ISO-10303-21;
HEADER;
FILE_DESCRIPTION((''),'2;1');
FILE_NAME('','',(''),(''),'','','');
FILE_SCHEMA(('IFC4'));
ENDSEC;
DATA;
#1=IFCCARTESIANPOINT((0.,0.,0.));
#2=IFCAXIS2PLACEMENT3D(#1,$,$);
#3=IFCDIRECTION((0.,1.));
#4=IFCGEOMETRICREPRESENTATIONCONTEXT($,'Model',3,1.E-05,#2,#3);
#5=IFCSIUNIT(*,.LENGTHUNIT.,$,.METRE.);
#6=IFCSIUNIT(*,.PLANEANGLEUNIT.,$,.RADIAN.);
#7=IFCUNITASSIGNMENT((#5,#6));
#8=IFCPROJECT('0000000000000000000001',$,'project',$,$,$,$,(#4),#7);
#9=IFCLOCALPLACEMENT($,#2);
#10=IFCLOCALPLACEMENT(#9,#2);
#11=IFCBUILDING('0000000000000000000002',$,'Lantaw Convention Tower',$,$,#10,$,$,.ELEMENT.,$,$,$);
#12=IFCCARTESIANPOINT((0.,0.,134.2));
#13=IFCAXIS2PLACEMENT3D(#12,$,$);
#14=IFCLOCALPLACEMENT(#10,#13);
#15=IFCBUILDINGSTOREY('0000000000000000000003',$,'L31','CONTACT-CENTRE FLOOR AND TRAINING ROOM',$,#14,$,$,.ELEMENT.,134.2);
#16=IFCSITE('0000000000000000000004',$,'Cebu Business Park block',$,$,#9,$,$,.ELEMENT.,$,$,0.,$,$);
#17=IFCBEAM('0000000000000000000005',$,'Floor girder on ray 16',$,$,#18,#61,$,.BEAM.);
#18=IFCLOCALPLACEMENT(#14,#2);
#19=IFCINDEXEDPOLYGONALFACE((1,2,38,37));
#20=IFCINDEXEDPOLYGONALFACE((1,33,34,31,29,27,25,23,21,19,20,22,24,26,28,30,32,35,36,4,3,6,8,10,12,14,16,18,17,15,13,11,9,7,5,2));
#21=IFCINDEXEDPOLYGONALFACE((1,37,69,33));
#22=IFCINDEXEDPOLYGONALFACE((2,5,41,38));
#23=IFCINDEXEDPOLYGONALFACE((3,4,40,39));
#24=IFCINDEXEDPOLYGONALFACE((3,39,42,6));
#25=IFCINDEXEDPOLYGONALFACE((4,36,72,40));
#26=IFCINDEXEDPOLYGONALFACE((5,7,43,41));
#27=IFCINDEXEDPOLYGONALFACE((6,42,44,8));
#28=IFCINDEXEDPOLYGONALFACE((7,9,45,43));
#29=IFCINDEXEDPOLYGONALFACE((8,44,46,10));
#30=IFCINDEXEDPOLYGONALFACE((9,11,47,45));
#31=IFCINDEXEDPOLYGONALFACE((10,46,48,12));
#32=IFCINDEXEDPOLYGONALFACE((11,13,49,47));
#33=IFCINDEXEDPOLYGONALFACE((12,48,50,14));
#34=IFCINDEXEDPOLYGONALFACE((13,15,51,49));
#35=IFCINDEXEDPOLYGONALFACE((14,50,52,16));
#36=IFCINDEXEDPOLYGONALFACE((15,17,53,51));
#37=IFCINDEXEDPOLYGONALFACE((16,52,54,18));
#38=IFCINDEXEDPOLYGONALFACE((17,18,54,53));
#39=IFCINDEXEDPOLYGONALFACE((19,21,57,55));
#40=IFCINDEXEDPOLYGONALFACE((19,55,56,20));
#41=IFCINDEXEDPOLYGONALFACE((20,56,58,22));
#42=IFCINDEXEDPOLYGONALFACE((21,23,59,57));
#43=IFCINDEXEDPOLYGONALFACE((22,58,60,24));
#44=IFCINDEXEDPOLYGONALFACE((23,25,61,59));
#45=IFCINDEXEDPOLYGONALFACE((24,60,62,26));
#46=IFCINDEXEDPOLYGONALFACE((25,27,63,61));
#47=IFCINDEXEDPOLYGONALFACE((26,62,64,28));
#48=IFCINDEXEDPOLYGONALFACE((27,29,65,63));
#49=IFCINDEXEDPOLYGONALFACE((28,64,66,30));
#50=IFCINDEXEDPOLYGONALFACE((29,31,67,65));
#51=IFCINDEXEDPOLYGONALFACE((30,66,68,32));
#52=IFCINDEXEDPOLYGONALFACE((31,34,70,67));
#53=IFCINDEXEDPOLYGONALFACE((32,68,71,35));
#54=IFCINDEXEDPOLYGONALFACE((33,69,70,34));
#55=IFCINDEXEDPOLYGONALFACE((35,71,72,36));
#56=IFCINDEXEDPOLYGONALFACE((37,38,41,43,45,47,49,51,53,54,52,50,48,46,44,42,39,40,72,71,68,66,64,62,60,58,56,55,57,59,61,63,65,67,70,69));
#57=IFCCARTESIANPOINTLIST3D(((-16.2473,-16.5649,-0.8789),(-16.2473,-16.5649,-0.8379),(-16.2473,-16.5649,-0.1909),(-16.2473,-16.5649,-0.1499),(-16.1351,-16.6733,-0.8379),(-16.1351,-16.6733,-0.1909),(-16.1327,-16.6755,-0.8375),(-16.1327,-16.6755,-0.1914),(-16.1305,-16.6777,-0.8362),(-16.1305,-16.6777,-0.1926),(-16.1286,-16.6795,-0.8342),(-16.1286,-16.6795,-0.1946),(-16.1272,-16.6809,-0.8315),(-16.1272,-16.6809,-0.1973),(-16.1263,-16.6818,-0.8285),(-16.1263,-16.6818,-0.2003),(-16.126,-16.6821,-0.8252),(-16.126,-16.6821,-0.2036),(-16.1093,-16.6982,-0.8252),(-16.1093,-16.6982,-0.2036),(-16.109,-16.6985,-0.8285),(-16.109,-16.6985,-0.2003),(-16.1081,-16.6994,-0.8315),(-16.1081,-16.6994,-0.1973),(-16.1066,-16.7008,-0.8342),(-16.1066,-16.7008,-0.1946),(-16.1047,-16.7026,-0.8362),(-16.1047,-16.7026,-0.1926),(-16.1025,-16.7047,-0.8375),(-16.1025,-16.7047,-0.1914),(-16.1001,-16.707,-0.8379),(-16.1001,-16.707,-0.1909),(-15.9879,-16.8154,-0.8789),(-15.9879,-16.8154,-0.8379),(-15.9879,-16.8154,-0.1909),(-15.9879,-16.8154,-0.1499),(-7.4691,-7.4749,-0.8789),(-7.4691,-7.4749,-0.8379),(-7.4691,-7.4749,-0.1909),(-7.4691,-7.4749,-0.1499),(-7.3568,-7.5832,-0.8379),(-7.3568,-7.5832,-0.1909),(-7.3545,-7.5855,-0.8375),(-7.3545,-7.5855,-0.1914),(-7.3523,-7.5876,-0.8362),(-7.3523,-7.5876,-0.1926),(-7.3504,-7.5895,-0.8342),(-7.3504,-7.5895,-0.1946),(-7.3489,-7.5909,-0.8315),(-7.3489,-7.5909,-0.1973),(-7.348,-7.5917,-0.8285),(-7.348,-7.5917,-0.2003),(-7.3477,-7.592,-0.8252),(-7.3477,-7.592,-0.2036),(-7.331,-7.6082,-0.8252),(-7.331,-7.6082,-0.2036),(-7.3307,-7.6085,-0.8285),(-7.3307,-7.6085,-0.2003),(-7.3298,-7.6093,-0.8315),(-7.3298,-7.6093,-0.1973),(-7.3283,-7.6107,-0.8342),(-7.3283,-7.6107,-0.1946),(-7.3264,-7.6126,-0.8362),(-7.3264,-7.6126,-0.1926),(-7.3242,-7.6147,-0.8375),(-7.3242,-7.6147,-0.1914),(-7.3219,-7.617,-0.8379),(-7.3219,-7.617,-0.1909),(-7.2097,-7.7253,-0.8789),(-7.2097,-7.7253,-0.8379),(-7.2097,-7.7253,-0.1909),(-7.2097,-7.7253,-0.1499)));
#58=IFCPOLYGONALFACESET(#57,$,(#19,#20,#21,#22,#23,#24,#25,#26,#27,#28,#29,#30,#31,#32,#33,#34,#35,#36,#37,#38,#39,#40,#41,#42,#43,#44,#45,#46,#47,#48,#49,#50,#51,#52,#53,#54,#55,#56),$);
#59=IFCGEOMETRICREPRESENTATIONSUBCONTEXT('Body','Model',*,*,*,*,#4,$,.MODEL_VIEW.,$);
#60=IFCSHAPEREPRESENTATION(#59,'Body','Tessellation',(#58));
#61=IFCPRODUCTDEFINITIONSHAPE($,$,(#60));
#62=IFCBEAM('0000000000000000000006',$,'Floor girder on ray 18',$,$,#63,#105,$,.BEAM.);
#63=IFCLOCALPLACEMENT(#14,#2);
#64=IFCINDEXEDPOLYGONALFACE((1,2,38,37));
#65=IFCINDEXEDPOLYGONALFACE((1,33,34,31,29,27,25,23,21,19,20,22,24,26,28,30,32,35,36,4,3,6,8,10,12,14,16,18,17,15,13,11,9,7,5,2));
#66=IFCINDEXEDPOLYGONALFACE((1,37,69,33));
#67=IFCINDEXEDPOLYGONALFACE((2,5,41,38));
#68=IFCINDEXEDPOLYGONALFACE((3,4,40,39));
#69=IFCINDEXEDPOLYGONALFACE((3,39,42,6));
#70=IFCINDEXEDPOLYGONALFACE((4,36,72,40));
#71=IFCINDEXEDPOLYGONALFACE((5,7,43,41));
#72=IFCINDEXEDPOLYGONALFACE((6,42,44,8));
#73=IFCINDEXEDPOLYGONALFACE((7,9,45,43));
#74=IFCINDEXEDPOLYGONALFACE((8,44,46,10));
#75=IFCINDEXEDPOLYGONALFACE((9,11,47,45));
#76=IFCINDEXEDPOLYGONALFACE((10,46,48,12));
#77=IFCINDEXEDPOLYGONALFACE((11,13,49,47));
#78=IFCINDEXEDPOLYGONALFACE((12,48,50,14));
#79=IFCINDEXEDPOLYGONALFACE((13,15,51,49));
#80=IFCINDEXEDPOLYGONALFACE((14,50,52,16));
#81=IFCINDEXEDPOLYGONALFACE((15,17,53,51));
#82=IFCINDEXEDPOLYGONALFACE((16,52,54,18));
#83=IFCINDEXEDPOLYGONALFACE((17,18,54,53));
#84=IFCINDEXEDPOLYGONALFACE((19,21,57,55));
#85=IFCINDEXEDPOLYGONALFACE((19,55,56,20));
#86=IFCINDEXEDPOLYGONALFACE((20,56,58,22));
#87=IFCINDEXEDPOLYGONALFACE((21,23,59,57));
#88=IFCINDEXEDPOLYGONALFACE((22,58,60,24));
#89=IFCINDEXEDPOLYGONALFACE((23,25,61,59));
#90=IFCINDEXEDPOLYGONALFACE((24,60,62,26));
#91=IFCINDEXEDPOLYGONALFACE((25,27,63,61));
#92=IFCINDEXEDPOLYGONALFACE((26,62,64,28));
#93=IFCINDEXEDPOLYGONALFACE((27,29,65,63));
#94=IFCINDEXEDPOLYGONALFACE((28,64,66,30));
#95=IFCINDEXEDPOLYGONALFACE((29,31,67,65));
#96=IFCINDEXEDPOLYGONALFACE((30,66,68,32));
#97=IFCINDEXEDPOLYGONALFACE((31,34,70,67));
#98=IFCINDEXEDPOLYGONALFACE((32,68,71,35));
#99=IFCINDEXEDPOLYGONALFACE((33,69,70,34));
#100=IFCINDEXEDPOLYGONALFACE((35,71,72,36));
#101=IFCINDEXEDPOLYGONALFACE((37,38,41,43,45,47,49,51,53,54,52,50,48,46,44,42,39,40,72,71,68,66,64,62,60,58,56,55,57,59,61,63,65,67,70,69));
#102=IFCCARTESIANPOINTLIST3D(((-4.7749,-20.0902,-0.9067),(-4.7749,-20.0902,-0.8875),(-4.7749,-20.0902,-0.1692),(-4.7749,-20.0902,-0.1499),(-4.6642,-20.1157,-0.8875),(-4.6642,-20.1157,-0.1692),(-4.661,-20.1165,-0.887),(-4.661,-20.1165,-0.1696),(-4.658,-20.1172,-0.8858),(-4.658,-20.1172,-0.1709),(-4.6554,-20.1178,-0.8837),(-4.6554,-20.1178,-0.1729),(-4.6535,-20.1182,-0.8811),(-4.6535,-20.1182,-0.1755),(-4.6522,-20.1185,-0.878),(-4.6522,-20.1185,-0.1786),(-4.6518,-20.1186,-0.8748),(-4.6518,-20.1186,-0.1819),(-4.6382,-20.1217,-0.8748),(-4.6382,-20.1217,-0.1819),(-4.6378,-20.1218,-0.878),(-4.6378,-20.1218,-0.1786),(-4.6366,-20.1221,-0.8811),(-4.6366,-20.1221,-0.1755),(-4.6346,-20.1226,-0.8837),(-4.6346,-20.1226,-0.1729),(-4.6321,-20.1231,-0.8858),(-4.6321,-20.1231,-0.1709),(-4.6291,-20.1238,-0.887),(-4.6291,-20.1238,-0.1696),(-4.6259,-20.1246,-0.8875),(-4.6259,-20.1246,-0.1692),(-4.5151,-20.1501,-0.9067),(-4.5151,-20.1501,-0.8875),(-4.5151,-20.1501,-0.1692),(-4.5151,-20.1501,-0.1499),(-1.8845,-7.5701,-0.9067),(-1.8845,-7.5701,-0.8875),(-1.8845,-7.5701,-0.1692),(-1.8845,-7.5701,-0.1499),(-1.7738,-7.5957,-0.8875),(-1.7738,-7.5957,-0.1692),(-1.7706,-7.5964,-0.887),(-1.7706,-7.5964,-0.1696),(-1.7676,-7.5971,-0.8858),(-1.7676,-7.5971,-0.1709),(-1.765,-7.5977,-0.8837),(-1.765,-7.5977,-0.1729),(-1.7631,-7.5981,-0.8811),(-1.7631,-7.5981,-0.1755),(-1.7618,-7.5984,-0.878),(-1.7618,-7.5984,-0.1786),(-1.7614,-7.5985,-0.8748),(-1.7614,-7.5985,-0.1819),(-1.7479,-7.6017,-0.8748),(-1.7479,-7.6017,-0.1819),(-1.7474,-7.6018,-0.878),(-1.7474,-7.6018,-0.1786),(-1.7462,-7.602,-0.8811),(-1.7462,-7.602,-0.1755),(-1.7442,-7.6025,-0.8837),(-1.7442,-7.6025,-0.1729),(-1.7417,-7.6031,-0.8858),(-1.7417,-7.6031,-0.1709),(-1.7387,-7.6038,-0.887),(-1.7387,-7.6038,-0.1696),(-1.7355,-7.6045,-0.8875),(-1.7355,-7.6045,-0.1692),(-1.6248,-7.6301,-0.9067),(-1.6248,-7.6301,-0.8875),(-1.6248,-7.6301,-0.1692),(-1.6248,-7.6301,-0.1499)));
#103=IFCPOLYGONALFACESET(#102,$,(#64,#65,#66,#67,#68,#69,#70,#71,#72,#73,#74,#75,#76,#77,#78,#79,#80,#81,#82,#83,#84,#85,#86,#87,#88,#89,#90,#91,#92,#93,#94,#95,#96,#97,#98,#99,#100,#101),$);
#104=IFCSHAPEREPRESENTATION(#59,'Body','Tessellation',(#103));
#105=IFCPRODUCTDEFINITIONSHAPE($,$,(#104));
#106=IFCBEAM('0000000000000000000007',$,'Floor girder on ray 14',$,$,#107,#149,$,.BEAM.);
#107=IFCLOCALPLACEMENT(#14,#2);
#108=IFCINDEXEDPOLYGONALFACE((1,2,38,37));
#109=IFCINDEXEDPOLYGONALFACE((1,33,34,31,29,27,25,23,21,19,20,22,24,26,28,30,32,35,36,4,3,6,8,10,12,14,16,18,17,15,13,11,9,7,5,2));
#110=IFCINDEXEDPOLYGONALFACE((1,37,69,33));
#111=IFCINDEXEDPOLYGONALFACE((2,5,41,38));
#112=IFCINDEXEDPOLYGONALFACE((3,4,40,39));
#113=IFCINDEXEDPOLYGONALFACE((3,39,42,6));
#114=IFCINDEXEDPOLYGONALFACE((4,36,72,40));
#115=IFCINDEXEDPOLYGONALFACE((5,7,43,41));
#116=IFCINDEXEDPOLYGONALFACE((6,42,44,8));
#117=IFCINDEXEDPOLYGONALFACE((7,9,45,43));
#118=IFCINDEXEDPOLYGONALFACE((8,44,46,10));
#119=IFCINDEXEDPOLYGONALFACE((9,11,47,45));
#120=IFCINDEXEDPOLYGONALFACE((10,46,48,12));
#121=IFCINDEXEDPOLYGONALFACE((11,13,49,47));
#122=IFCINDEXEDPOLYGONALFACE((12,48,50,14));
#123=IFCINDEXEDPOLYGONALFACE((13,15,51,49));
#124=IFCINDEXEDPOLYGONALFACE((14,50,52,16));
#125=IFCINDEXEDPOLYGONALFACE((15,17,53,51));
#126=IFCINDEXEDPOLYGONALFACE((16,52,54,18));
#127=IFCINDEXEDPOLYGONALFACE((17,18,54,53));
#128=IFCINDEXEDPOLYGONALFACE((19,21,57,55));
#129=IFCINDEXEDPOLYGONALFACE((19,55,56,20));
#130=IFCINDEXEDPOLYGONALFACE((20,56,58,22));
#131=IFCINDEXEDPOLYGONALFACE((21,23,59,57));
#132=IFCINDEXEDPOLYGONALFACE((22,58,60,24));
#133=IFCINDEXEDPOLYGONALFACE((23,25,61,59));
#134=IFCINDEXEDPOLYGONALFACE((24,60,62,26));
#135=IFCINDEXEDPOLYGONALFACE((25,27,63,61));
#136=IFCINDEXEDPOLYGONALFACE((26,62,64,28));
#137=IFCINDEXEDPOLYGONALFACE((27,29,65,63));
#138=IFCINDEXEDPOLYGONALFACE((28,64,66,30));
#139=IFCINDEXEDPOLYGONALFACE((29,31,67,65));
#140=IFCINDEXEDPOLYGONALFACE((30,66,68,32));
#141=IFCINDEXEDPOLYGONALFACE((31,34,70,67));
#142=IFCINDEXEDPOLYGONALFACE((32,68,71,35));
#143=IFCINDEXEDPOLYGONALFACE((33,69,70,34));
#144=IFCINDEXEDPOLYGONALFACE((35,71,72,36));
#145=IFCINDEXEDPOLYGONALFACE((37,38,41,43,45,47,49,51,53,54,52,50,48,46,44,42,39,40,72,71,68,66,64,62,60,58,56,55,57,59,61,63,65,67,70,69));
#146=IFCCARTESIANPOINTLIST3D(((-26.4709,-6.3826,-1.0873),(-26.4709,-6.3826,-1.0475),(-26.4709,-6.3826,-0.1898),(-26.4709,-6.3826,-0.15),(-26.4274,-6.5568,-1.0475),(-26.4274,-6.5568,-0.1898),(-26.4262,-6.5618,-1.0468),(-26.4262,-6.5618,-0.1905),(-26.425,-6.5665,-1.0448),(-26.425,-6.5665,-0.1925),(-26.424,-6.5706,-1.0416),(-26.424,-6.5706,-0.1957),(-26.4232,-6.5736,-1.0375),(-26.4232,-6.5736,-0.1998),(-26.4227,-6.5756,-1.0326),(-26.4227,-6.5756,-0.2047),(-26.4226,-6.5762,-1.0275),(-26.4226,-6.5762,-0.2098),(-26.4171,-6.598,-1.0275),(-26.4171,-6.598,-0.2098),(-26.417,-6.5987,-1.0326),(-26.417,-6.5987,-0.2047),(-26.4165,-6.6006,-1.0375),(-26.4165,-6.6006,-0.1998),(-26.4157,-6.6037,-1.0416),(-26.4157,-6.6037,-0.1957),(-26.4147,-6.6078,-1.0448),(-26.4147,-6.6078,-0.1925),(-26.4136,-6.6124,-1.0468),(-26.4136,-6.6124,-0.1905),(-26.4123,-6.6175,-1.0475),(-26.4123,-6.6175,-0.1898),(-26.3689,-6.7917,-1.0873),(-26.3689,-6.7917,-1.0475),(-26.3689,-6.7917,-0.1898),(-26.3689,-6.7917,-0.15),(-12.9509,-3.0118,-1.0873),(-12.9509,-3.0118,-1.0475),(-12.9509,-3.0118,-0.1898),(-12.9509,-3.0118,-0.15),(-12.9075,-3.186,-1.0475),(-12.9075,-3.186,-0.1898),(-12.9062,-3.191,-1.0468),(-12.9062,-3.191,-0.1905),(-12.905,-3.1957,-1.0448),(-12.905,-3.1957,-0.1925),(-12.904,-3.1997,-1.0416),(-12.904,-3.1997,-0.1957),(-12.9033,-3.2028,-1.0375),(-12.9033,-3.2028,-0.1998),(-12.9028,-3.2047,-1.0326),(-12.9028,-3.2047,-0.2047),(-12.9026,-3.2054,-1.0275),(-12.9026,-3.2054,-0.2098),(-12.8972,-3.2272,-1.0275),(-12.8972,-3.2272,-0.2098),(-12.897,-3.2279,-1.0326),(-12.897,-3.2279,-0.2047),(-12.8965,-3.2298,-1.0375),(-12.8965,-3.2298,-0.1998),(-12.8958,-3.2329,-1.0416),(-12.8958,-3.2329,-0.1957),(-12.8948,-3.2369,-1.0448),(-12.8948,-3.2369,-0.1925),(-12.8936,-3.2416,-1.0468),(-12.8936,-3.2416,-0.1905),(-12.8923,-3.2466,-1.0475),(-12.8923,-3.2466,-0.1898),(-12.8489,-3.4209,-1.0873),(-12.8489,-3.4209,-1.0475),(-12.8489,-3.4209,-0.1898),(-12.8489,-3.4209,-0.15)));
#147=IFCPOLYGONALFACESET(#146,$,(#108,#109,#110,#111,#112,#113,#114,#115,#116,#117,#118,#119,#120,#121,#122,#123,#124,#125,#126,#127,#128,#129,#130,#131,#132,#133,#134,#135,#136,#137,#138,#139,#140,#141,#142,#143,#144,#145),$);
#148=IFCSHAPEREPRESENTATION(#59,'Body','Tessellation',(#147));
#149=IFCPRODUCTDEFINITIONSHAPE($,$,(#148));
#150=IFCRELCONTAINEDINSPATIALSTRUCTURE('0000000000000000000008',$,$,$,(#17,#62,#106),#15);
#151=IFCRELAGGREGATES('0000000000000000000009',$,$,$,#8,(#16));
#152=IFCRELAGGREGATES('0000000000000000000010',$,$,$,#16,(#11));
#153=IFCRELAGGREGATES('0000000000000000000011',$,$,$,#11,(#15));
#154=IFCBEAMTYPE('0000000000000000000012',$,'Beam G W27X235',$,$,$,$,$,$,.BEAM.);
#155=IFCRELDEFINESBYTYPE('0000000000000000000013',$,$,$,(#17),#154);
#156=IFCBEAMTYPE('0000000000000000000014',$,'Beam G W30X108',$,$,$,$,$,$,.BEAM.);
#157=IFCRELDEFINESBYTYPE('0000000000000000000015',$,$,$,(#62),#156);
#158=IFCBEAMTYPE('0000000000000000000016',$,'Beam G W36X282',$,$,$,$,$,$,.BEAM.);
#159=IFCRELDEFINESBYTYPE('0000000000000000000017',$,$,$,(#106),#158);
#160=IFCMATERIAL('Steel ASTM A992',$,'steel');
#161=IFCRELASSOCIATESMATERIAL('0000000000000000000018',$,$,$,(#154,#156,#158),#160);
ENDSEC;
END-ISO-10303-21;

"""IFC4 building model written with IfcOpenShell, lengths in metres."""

from ifc_helpers import new_model, si_unit, direction, frame, origin, origin_2d, place, context, subcontext, project, spatial, i_section, extrude, material, material_profile, profile_set, type_object, element, save


model = new_model("IFC4")

# Units and contexts
model_context = context("Model", 3, precision=1e-05, world=origin(), true_north=direction((0.0, 1.0)))
body_context = subcontext(model_context, "Body", "Model", "MODEL_VIEW")
ifc_project = project(units=[si_unit("LENGTHUNIT", "METRE"), si_unit("PLANEANGLEUNIT", "RADIAN")], contexts=[model_context])

# Site, building, storey
site_placement = place(None, origin())
site = spatial("IfcSite", under=ifc_project, at=site_placement, Name="Cebu Business Park block", CompositionType="ELEMENT", RefElevation=0.0)
building_placement = place(site_placement, origin())
building = spatial("IfcBuilding", under=site, at=building_placement, Name="Lantaw Convention Tower", CompositionType="ELEMENT")
storey_placement = place(building_placement, frame((0.0, 0.0, 134.2)))
storey = spatial("IfcBuildingStorey", under=building, at=storey_placement, Name="L31", Description="CONTACT-CENTRE FLOOR AND TRAINING ROOM", CompositionType="ELEMENT", Elevation=134.2)

# Beams
ifc_material_1 = material(Name="Steel ASTM A992", Category="steel")
ifc_material_profile_1 = material_profile(ifc_material_1, i_section(OverallWidth=0.3606, OverallDepth=0.729, WebThickness=0.0232, FlangeThickness=0.041, FilletRadius=0.0127, at=origin_2d()), Name="W27X235")
ifc_profile_set_1 = profile_set([ifc_material_profile_1], Name="Steel ASTM A992")
beam_type_1 = type_object("IfcBeamType", Name="Beam G W27X235", PredefinedType="BEAM", material=ifc_profile_set_1)
beam_1_placement = place(storey_placement, frame((-7.3394, -7.6001, -0.5144), z_axis=(-0.694663, -0.719335, 0.0), x_axis=(0.719335, -0.694663, 0.0)))
element("IfcBeam", 1, at=beam_1_placement, inside=storey, type_object=beam_type_1, Name="Floor girder on ray 16", PredefinedType="BEAM", context=body_context, shape_type="SweptSolid", body=[
    extrude(i_section(OverallWidth=0.3606, OverallDepth=0.729, WebThickness=0.0232, FlangeThickness=0.041, FilletRadius=0.0127, at=origin_2d()), origin(), (0.0, 0.0, 1.0), 12.6367),
])
ifc_material_profile_2 = material_profile(ifc_material_1, i_section(OverallWidth=0.2666, OverallDepth=0.7568, WebThickness=0.0139, FlangeThickness=0.0193, FilletRadius=0.0127, at=origin_2d()), Name="W30X108")
ifc_profile_set_2 = profile_set([ifc_material_profile_2], Name="Steel ASTM A992")
beam_type_2 = type_object("IfcBeamType", Name="Beam G W30X108", PredefinedType="BEAM", material=ifc_profile_set_2)
beam_2_placement = place(storey_placement, frame((-1.7546, -7.6001, -0.5283), z_axis=(-0.224944, -0.974372, 0.0), x_axis=(0.974372, -0.224944, 0.0)))
element("IfcBeam", 2, at=beam_2_placement, inside=storey, type_object=beam_type_2, Name="Floor girder on ray 18", PredefinedType="BEAM", context=body_context, shape_type="SweptSolid", body=[
    extrude(i_section(OverallWidth=0.2666, OverallDepth=0.7568, WebThickness=0.0139, FlangeThickness=0.0193, FilletRadius=0.0127, at=origin_2d()), origin(), (0.0, 0.0, 1.0), 12.8494),
])
ifc_material_profile_3 = material_profile(ifc_material_1, i_section(OverallWidth=0.4216, OverallDepth=0.9373, WebThickness=0.0225, FlangeThickness=0.0398, FilletRadius=0.02, at=origin_2d()), Name="W36X282")
ifc_profile_set_3 = profile_set([ifc_material_profile_3], Name="Steel ASTM A992")
beam_type_3 = type_object("IfcBeamType", Name="Beam G W36X282", PredefinedType="BEAM", material=ifc_profile_set_3)
beam_3_placement = place(storey_placement, frame((-12.8999, -3.2163, -0.6187), z_axis=(-0.970297, -0.241917, 0.0), x_axis=(0.241917, -0.970297, 0.0)))
element("IfcBeam", 3, at=beam_3_placement, inside=storey, type_object=beam_type_3, Name="Floor girder on ray 14", PredefinedType="BEAM", context=body_context, shape_type="SweptSolid", body=[
    extrude(i_section(OverallWidth=0.4216, OverallDepth=0.9373, WebThickness=0.0225, FlangeThickness=0.0398, FilletRadius=0.02, at=origin_2d()), origin(), (0.0, 0.0, 1.0), 13.9338),
])

save(model, "model.ifc")
